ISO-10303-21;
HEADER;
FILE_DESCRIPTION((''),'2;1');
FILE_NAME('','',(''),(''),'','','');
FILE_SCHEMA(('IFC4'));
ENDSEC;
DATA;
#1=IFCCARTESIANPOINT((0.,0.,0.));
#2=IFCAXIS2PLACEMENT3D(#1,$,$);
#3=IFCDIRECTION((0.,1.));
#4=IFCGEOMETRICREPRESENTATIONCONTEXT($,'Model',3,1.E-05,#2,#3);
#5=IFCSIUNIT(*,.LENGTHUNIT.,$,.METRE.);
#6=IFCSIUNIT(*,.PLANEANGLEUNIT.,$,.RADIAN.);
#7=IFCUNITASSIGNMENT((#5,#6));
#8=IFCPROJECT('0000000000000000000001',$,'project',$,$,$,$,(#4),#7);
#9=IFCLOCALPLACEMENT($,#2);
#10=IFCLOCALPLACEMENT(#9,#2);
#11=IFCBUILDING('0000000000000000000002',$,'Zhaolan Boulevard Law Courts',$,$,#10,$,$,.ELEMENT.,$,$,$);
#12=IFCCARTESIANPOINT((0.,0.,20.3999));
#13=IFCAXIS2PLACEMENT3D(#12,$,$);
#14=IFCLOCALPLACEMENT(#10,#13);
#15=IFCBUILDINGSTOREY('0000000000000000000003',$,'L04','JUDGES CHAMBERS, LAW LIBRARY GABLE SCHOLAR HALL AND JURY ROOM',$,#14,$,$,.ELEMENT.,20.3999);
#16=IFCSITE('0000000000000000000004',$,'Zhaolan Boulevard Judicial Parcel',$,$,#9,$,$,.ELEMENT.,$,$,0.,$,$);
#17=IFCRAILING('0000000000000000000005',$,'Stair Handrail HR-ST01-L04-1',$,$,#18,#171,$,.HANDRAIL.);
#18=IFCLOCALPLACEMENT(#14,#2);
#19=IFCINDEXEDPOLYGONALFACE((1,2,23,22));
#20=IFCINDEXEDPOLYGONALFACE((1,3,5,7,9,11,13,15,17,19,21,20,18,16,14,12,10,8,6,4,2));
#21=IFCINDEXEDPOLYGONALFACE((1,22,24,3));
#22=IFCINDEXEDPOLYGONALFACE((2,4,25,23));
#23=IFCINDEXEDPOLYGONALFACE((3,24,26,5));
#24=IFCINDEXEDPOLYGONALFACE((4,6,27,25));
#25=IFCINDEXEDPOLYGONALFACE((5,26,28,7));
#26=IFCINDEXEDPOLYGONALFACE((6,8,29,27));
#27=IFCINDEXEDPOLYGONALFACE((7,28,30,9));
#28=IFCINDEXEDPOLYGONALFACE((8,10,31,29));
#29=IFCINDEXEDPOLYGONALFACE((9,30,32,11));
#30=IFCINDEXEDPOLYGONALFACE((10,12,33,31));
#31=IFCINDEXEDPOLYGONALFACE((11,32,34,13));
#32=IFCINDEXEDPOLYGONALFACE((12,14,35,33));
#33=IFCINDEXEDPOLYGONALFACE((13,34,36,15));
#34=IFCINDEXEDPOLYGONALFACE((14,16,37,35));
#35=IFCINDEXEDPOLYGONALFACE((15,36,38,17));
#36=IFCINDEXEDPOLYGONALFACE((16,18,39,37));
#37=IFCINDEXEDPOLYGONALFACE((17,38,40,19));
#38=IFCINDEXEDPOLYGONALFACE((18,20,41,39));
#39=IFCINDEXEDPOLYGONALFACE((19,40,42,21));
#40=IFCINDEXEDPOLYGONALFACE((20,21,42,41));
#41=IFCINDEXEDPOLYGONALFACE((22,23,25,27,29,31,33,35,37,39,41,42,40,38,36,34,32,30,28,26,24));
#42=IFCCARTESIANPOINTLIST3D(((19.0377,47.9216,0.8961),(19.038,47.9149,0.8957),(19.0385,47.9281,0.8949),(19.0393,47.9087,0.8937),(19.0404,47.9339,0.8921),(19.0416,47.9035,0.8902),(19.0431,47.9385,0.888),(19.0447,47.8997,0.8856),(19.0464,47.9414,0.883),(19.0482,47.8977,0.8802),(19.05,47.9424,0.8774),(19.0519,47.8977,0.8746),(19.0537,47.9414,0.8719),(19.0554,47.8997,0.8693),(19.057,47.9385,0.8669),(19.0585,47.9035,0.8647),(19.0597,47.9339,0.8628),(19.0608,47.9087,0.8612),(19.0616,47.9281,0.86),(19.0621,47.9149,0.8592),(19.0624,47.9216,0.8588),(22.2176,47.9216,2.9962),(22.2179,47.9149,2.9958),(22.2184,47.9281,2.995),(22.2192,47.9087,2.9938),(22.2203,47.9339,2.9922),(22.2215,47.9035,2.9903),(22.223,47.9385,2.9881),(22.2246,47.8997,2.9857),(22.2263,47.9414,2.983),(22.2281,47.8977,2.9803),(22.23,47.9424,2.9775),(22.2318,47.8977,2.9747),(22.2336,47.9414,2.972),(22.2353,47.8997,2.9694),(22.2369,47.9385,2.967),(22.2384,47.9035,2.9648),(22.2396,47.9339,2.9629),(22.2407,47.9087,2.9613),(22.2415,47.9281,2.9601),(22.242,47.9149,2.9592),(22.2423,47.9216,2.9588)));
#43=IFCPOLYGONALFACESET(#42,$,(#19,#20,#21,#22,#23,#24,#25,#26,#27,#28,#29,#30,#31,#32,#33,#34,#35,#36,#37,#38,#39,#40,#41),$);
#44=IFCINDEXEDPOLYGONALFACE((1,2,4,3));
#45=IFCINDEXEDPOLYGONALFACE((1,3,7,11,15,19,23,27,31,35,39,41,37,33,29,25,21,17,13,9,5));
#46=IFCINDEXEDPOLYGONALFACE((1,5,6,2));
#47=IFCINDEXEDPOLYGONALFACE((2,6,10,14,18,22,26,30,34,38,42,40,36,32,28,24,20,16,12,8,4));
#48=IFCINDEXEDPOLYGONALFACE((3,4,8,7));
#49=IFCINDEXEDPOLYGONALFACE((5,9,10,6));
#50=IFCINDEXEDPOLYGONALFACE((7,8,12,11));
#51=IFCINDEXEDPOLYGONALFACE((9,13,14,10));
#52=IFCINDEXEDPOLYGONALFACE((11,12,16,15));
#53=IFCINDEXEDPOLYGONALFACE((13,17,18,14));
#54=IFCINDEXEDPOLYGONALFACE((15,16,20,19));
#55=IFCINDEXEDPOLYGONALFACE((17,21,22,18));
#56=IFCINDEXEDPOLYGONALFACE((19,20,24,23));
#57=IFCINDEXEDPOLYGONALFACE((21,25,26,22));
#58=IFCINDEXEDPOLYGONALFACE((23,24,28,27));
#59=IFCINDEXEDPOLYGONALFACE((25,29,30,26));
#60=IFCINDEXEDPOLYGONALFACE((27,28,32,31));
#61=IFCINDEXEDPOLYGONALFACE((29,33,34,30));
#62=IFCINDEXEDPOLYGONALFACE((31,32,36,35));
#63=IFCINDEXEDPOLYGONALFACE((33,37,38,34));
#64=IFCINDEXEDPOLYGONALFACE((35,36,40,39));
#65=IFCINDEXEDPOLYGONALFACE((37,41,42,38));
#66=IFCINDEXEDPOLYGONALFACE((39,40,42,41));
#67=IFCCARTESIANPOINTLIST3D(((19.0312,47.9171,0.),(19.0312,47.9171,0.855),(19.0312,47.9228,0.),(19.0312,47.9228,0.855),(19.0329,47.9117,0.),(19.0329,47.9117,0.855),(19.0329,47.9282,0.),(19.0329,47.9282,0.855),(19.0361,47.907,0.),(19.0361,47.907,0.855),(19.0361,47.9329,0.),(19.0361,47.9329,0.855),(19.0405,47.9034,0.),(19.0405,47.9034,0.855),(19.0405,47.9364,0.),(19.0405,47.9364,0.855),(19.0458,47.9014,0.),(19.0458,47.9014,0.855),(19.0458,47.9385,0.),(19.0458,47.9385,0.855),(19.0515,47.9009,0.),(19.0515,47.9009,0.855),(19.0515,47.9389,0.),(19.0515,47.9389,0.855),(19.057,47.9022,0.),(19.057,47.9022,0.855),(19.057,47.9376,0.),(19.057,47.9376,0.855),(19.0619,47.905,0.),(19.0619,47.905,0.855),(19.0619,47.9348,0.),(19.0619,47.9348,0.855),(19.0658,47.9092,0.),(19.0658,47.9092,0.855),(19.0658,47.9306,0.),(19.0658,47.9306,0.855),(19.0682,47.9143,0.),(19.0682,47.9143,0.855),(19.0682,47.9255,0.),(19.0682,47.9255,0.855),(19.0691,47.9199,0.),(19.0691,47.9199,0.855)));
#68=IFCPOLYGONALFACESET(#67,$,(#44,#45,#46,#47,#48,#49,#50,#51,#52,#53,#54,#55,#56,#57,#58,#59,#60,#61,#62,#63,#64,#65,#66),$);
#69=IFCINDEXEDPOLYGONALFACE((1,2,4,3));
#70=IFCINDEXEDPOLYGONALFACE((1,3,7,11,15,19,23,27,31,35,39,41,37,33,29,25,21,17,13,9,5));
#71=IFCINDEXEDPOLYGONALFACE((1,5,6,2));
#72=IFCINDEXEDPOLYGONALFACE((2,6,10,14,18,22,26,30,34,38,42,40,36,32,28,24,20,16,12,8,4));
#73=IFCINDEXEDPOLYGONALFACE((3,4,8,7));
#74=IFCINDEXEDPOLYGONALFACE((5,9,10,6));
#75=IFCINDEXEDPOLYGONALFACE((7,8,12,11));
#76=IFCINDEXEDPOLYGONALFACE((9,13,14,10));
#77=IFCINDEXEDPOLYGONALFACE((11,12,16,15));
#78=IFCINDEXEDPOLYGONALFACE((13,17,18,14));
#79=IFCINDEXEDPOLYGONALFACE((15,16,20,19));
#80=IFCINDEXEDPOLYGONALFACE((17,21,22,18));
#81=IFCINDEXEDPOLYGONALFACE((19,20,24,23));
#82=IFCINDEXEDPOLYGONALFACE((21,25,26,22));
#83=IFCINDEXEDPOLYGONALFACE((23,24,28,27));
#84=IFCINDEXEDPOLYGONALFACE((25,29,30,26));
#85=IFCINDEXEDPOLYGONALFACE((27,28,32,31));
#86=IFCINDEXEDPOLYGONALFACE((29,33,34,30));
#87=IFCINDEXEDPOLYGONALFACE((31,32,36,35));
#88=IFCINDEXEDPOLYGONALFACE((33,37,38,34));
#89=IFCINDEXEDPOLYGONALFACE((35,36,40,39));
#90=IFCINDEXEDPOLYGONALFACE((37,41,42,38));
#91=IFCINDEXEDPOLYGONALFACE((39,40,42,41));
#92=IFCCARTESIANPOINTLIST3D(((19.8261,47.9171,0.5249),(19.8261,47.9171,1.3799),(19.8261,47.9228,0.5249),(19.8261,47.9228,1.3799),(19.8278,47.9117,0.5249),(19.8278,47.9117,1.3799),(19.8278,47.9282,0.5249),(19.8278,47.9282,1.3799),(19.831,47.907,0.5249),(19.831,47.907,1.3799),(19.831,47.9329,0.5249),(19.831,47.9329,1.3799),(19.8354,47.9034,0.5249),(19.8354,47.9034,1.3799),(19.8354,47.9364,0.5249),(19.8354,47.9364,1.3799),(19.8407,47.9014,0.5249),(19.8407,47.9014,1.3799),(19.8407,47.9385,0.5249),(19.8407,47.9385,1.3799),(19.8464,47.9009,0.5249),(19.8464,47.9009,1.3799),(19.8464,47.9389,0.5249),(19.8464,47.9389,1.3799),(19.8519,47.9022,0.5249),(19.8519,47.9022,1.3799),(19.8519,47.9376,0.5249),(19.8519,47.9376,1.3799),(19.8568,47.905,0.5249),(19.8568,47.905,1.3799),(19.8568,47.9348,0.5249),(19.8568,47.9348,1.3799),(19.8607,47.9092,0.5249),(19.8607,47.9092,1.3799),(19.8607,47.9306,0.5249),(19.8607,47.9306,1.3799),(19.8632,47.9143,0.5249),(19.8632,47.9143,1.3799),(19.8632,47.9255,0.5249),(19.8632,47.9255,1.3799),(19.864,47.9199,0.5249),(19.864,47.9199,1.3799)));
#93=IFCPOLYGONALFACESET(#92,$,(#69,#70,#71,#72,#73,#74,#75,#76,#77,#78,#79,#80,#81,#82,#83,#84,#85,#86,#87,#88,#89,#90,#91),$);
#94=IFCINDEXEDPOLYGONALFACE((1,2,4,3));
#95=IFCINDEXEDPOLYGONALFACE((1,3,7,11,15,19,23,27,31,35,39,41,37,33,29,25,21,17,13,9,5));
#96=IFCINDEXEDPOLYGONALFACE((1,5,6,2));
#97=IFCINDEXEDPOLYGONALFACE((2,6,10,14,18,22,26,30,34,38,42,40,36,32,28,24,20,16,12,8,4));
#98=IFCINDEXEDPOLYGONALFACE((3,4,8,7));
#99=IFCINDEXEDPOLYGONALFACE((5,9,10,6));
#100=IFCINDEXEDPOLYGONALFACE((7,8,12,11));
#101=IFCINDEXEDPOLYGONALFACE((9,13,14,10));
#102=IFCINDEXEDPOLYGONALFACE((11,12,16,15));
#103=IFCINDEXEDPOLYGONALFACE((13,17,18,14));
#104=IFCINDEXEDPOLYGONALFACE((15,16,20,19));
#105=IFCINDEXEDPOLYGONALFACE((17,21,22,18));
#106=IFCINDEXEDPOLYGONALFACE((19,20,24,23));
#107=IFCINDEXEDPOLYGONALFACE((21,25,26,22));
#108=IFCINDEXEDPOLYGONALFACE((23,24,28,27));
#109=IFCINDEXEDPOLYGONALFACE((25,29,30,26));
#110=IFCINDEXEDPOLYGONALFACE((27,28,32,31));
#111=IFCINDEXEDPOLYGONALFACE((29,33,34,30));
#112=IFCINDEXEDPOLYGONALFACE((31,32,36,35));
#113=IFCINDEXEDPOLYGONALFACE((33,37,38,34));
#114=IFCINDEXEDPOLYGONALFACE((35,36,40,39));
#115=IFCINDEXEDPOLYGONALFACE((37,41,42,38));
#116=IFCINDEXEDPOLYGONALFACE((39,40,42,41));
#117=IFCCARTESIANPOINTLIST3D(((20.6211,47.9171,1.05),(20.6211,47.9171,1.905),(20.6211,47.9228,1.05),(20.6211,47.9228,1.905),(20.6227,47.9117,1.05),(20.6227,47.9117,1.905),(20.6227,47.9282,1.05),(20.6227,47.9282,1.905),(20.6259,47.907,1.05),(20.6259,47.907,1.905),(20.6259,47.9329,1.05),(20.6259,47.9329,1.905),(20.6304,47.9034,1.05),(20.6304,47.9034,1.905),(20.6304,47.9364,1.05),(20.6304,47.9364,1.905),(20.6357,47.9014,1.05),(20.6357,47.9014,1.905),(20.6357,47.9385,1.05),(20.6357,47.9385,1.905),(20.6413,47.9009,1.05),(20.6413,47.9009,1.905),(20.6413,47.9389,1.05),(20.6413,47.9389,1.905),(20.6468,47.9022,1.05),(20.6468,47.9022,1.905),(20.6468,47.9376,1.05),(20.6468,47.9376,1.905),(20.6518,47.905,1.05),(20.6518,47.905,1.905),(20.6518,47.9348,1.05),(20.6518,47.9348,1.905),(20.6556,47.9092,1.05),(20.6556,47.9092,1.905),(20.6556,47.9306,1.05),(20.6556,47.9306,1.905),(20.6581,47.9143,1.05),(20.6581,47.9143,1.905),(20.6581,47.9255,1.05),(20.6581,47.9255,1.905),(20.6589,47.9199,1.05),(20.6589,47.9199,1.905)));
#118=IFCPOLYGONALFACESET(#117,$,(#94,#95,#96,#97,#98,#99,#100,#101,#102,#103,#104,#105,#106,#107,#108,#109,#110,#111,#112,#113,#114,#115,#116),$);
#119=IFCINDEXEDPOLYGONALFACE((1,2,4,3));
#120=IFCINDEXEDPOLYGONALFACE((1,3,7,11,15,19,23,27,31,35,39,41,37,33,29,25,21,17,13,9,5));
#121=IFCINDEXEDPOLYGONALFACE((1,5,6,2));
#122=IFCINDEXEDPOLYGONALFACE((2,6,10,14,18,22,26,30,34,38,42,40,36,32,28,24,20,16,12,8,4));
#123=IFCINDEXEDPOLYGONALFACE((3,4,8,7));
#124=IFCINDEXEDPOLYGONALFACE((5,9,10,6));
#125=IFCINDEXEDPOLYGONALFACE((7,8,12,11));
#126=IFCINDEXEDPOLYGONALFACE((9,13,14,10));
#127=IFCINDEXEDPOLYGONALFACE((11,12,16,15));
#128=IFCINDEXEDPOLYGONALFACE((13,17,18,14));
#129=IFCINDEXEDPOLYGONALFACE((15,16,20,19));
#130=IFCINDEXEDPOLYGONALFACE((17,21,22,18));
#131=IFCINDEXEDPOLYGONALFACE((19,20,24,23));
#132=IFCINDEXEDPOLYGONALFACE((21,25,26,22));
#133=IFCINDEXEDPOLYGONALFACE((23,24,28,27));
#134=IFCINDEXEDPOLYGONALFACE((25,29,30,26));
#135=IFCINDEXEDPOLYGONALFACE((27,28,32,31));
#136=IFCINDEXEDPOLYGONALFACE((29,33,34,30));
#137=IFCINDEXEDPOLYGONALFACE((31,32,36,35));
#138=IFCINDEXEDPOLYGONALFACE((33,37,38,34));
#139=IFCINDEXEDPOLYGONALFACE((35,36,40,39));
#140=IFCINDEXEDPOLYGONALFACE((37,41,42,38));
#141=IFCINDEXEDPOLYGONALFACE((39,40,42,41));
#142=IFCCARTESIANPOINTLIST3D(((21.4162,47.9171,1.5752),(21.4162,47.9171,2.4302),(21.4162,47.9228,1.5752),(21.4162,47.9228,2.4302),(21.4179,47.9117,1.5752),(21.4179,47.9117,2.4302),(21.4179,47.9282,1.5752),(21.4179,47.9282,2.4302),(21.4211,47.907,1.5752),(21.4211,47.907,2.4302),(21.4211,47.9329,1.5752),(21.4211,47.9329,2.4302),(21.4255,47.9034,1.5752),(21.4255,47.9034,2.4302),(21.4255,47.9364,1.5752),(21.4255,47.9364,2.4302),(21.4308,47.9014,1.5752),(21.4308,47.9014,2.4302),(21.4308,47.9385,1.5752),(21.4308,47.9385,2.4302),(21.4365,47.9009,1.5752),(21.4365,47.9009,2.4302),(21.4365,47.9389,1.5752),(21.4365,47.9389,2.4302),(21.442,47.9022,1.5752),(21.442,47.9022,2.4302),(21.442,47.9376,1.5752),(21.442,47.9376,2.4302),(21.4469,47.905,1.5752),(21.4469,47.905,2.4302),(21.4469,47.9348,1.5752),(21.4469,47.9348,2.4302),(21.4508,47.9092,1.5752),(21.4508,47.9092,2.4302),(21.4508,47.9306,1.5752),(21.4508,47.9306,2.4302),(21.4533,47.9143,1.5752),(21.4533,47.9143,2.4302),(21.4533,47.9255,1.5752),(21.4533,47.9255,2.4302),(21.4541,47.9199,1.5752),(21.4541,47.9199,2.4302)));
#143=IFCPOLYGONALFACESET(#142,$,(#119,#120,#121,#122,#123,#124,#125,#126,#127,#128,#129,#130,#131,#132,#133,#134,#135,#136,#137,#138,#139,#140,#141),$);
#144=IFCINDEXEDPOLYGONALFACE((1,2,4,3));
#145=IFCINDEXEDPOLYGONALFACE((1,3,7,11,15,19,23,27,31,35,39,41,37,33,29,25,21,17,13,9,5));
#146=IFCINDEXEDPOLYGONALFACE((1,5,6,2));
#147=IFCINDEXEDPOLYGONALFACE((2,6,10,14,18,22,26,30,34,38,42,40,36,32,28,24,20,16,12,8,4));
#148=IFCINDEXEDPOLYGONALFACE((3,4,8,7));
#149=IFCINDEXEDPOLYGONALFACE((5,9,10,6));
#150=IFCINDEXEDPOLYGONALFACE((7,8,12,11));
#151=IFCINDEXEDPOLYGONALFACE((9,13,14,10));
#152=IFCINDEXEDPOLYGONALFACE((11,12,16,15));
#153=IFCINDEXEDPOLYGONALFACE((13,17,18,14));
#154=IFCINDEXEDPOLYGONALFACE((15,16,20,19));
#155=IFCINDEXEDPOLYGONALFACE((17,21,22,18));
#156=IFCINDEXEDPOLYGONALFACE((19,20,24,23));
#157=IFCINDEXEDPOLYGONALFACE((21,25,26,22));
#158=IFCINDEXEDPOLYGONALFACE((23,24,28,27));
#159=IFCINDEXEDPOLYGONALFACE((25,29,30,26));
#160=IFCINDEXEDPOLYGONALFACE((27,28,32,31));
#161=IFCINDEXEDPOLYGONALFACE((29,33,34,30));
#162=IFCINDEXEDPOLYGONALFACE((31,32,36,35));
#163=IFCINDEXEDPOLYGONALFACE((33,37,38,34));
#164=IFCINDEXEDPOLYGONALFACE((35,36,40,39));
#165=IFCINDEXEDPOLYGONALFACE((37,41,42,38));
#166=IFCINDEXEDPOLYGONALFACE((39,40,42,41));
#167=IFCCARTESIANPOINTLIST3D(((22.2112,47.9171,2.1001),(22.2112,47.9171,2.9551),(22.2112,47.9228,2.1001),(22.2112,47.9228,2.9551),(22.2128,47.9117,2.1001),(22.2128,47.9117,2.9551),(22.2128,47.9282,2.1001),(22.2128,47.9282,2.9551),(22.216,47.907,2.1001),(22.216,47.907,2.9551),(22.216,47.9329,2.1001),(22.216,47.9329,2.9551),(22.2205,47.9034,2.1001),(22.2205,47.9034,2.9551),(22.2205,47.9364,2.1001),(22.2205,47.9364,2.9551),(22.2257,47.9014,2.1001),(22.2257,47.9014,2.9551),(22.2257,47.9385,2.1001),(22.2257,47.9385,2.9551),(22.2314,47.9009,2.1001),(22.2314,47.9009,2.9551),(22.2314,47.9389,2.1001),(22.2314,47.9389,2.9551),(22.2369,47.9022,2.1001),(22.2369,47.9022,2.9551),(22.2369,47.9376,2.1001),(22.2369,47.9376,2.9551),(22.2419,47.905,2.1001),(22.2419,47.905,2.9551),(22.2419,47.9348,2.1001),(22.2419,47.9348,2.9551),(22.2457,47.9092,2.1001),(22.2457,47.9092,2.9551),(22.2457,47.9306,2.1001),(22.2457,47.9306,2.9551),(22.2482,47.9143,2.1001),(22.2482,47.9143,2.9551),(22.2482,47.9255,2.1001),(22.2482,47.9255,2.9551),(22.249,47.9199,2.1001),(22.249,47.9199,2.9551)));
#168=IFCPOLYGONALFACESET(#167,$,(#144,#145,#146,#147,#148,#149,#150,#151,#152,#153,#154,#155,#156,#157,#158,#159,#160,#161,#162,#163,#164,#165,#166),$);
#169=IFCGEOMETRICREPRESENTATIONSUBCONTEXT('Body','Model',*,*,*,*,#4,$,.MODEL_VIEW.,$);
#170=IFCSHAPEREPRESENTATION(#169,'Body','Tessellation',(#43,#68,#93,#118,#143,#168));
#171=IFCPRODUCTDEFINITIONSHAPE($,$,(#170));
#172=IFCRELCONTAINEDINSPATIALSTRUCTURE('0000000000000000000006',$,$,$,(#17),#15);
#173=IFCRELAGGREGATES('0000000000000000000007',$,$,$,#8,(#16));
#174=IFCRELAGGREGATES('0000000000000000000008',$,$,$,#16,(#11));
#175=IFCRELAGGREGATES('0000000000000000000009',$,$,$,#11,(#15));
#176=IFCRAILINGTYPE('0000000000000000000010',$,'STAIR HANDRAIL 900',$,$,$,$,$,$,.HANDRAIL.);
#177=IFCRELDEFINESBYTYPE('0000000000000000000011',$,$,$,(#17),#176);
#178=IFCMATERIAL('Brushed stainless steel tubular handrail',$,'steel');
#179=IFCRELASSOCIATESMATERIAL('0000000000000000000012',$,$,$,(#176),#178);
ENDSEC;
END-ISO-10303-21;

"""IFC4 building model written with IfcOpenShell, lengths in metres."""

from ifc_helpers import new_model, si_unit, direction, frame, origin, origin_2d, place, context, subcontext, project, spatial, circle, extrude, material, type_object, element, save


model = new_model("IFC4")

# Units and contexts
model_context = context("Model", 3, precision=1e-05, world=origin(), true_north=direction((0.0, 1.0)))
body_context = subcontext(model_context, "Body", "Model", "MODEL_VIEW")
ifc_project = project(units=[si_unit("LENGTHUNIT", "METRE"), si_unit("PLANEANGLEUNIT", "RADIAN")], contexts=[model_context])

# Site, building, storey
site_placement = place(None, origin())
site = spatial("IfcSite", under=ifc_project, at=site_placement, Name="Zhaolan Boulevard Judicial Parcel", CompositionType="ELEMENT", RefElevation=0.0)
building_placement = place(site_placement, origin())
building = spatial("IfcBuilding", under=site, at=building_placement, Name="Zhaolan Boulevard Law Courts", CompositionType="ELEMENT")
storey_placement = place(building_placement, frame((0.0, 0.0, 20.3999)))
storey = spatial("IfcBuildingStorey", under=building, at=storey_placement, Name="L04", Description="JUDGES CHAMBERS, LAW LIBRARY GABLE SCHOLAR HALL AND JURY ROOM", CompositionType="ELEMENT", Elevation=20.3999)

# Railing
ifc_material_1 = material(Name="Brushed stainless steel tubular handrail", Category="steel")
railing_type_1 = type_object("IfcRailingType", Name="STAIR HANDRAIL 900", PredefinedType="HANDRAIL", material=ifc_material_1)
railing_1_placement = place(storey_placement, frame((19.05, 47.9199, 0.0)))
element("IfcRailing", 1, at=railing_1_placement, inside=storey, type_object=railing_type_1, Name="Stair Handrail HR-ST01-L04-1", PredefinedType="HANDRAIL", context=body_context, shape_type="SweptSolid", body=[
    extrude(circle(Radius=0.0225, at=origin_2d()), frame((0.0, 0.0, 0.8774), z_axis=(0.834447, 0.0, 0.551088), x_axis=(0.0, 1.0, 0.0)), (0.0, 0.0, 1.0), 3.8108),
    extrude(circle(Radius=0.019, at=origin_2d()), origin(), (0.0, 0.0, 1.0), 0.855),
    extrude(circle(Radius=0.019, at=origin_2d()), frame((0.7949, 0.0, 0.5249)), (0.0, 0.0, 1.0), 0.855),
    extrude(circle(Radius=0.019, at=origin_2d()), frame((1.5898, 0.0, 1.05)), (0.0, 0.0, 1.0), 0.855),
    extrude(circle(Radius=0.019, at=origin_2d()), frame((2.385, 0.0, 1.5752)), (0.0, 0.0, 1.0), 0.855),
    extrude(circle(Radius=0.019, at=origin_2d()), frame((3.1799, 0.0, 2.1001)), (0.0, 0.0, 1.0), 0.855),
])

save(model, "model.ifc")
